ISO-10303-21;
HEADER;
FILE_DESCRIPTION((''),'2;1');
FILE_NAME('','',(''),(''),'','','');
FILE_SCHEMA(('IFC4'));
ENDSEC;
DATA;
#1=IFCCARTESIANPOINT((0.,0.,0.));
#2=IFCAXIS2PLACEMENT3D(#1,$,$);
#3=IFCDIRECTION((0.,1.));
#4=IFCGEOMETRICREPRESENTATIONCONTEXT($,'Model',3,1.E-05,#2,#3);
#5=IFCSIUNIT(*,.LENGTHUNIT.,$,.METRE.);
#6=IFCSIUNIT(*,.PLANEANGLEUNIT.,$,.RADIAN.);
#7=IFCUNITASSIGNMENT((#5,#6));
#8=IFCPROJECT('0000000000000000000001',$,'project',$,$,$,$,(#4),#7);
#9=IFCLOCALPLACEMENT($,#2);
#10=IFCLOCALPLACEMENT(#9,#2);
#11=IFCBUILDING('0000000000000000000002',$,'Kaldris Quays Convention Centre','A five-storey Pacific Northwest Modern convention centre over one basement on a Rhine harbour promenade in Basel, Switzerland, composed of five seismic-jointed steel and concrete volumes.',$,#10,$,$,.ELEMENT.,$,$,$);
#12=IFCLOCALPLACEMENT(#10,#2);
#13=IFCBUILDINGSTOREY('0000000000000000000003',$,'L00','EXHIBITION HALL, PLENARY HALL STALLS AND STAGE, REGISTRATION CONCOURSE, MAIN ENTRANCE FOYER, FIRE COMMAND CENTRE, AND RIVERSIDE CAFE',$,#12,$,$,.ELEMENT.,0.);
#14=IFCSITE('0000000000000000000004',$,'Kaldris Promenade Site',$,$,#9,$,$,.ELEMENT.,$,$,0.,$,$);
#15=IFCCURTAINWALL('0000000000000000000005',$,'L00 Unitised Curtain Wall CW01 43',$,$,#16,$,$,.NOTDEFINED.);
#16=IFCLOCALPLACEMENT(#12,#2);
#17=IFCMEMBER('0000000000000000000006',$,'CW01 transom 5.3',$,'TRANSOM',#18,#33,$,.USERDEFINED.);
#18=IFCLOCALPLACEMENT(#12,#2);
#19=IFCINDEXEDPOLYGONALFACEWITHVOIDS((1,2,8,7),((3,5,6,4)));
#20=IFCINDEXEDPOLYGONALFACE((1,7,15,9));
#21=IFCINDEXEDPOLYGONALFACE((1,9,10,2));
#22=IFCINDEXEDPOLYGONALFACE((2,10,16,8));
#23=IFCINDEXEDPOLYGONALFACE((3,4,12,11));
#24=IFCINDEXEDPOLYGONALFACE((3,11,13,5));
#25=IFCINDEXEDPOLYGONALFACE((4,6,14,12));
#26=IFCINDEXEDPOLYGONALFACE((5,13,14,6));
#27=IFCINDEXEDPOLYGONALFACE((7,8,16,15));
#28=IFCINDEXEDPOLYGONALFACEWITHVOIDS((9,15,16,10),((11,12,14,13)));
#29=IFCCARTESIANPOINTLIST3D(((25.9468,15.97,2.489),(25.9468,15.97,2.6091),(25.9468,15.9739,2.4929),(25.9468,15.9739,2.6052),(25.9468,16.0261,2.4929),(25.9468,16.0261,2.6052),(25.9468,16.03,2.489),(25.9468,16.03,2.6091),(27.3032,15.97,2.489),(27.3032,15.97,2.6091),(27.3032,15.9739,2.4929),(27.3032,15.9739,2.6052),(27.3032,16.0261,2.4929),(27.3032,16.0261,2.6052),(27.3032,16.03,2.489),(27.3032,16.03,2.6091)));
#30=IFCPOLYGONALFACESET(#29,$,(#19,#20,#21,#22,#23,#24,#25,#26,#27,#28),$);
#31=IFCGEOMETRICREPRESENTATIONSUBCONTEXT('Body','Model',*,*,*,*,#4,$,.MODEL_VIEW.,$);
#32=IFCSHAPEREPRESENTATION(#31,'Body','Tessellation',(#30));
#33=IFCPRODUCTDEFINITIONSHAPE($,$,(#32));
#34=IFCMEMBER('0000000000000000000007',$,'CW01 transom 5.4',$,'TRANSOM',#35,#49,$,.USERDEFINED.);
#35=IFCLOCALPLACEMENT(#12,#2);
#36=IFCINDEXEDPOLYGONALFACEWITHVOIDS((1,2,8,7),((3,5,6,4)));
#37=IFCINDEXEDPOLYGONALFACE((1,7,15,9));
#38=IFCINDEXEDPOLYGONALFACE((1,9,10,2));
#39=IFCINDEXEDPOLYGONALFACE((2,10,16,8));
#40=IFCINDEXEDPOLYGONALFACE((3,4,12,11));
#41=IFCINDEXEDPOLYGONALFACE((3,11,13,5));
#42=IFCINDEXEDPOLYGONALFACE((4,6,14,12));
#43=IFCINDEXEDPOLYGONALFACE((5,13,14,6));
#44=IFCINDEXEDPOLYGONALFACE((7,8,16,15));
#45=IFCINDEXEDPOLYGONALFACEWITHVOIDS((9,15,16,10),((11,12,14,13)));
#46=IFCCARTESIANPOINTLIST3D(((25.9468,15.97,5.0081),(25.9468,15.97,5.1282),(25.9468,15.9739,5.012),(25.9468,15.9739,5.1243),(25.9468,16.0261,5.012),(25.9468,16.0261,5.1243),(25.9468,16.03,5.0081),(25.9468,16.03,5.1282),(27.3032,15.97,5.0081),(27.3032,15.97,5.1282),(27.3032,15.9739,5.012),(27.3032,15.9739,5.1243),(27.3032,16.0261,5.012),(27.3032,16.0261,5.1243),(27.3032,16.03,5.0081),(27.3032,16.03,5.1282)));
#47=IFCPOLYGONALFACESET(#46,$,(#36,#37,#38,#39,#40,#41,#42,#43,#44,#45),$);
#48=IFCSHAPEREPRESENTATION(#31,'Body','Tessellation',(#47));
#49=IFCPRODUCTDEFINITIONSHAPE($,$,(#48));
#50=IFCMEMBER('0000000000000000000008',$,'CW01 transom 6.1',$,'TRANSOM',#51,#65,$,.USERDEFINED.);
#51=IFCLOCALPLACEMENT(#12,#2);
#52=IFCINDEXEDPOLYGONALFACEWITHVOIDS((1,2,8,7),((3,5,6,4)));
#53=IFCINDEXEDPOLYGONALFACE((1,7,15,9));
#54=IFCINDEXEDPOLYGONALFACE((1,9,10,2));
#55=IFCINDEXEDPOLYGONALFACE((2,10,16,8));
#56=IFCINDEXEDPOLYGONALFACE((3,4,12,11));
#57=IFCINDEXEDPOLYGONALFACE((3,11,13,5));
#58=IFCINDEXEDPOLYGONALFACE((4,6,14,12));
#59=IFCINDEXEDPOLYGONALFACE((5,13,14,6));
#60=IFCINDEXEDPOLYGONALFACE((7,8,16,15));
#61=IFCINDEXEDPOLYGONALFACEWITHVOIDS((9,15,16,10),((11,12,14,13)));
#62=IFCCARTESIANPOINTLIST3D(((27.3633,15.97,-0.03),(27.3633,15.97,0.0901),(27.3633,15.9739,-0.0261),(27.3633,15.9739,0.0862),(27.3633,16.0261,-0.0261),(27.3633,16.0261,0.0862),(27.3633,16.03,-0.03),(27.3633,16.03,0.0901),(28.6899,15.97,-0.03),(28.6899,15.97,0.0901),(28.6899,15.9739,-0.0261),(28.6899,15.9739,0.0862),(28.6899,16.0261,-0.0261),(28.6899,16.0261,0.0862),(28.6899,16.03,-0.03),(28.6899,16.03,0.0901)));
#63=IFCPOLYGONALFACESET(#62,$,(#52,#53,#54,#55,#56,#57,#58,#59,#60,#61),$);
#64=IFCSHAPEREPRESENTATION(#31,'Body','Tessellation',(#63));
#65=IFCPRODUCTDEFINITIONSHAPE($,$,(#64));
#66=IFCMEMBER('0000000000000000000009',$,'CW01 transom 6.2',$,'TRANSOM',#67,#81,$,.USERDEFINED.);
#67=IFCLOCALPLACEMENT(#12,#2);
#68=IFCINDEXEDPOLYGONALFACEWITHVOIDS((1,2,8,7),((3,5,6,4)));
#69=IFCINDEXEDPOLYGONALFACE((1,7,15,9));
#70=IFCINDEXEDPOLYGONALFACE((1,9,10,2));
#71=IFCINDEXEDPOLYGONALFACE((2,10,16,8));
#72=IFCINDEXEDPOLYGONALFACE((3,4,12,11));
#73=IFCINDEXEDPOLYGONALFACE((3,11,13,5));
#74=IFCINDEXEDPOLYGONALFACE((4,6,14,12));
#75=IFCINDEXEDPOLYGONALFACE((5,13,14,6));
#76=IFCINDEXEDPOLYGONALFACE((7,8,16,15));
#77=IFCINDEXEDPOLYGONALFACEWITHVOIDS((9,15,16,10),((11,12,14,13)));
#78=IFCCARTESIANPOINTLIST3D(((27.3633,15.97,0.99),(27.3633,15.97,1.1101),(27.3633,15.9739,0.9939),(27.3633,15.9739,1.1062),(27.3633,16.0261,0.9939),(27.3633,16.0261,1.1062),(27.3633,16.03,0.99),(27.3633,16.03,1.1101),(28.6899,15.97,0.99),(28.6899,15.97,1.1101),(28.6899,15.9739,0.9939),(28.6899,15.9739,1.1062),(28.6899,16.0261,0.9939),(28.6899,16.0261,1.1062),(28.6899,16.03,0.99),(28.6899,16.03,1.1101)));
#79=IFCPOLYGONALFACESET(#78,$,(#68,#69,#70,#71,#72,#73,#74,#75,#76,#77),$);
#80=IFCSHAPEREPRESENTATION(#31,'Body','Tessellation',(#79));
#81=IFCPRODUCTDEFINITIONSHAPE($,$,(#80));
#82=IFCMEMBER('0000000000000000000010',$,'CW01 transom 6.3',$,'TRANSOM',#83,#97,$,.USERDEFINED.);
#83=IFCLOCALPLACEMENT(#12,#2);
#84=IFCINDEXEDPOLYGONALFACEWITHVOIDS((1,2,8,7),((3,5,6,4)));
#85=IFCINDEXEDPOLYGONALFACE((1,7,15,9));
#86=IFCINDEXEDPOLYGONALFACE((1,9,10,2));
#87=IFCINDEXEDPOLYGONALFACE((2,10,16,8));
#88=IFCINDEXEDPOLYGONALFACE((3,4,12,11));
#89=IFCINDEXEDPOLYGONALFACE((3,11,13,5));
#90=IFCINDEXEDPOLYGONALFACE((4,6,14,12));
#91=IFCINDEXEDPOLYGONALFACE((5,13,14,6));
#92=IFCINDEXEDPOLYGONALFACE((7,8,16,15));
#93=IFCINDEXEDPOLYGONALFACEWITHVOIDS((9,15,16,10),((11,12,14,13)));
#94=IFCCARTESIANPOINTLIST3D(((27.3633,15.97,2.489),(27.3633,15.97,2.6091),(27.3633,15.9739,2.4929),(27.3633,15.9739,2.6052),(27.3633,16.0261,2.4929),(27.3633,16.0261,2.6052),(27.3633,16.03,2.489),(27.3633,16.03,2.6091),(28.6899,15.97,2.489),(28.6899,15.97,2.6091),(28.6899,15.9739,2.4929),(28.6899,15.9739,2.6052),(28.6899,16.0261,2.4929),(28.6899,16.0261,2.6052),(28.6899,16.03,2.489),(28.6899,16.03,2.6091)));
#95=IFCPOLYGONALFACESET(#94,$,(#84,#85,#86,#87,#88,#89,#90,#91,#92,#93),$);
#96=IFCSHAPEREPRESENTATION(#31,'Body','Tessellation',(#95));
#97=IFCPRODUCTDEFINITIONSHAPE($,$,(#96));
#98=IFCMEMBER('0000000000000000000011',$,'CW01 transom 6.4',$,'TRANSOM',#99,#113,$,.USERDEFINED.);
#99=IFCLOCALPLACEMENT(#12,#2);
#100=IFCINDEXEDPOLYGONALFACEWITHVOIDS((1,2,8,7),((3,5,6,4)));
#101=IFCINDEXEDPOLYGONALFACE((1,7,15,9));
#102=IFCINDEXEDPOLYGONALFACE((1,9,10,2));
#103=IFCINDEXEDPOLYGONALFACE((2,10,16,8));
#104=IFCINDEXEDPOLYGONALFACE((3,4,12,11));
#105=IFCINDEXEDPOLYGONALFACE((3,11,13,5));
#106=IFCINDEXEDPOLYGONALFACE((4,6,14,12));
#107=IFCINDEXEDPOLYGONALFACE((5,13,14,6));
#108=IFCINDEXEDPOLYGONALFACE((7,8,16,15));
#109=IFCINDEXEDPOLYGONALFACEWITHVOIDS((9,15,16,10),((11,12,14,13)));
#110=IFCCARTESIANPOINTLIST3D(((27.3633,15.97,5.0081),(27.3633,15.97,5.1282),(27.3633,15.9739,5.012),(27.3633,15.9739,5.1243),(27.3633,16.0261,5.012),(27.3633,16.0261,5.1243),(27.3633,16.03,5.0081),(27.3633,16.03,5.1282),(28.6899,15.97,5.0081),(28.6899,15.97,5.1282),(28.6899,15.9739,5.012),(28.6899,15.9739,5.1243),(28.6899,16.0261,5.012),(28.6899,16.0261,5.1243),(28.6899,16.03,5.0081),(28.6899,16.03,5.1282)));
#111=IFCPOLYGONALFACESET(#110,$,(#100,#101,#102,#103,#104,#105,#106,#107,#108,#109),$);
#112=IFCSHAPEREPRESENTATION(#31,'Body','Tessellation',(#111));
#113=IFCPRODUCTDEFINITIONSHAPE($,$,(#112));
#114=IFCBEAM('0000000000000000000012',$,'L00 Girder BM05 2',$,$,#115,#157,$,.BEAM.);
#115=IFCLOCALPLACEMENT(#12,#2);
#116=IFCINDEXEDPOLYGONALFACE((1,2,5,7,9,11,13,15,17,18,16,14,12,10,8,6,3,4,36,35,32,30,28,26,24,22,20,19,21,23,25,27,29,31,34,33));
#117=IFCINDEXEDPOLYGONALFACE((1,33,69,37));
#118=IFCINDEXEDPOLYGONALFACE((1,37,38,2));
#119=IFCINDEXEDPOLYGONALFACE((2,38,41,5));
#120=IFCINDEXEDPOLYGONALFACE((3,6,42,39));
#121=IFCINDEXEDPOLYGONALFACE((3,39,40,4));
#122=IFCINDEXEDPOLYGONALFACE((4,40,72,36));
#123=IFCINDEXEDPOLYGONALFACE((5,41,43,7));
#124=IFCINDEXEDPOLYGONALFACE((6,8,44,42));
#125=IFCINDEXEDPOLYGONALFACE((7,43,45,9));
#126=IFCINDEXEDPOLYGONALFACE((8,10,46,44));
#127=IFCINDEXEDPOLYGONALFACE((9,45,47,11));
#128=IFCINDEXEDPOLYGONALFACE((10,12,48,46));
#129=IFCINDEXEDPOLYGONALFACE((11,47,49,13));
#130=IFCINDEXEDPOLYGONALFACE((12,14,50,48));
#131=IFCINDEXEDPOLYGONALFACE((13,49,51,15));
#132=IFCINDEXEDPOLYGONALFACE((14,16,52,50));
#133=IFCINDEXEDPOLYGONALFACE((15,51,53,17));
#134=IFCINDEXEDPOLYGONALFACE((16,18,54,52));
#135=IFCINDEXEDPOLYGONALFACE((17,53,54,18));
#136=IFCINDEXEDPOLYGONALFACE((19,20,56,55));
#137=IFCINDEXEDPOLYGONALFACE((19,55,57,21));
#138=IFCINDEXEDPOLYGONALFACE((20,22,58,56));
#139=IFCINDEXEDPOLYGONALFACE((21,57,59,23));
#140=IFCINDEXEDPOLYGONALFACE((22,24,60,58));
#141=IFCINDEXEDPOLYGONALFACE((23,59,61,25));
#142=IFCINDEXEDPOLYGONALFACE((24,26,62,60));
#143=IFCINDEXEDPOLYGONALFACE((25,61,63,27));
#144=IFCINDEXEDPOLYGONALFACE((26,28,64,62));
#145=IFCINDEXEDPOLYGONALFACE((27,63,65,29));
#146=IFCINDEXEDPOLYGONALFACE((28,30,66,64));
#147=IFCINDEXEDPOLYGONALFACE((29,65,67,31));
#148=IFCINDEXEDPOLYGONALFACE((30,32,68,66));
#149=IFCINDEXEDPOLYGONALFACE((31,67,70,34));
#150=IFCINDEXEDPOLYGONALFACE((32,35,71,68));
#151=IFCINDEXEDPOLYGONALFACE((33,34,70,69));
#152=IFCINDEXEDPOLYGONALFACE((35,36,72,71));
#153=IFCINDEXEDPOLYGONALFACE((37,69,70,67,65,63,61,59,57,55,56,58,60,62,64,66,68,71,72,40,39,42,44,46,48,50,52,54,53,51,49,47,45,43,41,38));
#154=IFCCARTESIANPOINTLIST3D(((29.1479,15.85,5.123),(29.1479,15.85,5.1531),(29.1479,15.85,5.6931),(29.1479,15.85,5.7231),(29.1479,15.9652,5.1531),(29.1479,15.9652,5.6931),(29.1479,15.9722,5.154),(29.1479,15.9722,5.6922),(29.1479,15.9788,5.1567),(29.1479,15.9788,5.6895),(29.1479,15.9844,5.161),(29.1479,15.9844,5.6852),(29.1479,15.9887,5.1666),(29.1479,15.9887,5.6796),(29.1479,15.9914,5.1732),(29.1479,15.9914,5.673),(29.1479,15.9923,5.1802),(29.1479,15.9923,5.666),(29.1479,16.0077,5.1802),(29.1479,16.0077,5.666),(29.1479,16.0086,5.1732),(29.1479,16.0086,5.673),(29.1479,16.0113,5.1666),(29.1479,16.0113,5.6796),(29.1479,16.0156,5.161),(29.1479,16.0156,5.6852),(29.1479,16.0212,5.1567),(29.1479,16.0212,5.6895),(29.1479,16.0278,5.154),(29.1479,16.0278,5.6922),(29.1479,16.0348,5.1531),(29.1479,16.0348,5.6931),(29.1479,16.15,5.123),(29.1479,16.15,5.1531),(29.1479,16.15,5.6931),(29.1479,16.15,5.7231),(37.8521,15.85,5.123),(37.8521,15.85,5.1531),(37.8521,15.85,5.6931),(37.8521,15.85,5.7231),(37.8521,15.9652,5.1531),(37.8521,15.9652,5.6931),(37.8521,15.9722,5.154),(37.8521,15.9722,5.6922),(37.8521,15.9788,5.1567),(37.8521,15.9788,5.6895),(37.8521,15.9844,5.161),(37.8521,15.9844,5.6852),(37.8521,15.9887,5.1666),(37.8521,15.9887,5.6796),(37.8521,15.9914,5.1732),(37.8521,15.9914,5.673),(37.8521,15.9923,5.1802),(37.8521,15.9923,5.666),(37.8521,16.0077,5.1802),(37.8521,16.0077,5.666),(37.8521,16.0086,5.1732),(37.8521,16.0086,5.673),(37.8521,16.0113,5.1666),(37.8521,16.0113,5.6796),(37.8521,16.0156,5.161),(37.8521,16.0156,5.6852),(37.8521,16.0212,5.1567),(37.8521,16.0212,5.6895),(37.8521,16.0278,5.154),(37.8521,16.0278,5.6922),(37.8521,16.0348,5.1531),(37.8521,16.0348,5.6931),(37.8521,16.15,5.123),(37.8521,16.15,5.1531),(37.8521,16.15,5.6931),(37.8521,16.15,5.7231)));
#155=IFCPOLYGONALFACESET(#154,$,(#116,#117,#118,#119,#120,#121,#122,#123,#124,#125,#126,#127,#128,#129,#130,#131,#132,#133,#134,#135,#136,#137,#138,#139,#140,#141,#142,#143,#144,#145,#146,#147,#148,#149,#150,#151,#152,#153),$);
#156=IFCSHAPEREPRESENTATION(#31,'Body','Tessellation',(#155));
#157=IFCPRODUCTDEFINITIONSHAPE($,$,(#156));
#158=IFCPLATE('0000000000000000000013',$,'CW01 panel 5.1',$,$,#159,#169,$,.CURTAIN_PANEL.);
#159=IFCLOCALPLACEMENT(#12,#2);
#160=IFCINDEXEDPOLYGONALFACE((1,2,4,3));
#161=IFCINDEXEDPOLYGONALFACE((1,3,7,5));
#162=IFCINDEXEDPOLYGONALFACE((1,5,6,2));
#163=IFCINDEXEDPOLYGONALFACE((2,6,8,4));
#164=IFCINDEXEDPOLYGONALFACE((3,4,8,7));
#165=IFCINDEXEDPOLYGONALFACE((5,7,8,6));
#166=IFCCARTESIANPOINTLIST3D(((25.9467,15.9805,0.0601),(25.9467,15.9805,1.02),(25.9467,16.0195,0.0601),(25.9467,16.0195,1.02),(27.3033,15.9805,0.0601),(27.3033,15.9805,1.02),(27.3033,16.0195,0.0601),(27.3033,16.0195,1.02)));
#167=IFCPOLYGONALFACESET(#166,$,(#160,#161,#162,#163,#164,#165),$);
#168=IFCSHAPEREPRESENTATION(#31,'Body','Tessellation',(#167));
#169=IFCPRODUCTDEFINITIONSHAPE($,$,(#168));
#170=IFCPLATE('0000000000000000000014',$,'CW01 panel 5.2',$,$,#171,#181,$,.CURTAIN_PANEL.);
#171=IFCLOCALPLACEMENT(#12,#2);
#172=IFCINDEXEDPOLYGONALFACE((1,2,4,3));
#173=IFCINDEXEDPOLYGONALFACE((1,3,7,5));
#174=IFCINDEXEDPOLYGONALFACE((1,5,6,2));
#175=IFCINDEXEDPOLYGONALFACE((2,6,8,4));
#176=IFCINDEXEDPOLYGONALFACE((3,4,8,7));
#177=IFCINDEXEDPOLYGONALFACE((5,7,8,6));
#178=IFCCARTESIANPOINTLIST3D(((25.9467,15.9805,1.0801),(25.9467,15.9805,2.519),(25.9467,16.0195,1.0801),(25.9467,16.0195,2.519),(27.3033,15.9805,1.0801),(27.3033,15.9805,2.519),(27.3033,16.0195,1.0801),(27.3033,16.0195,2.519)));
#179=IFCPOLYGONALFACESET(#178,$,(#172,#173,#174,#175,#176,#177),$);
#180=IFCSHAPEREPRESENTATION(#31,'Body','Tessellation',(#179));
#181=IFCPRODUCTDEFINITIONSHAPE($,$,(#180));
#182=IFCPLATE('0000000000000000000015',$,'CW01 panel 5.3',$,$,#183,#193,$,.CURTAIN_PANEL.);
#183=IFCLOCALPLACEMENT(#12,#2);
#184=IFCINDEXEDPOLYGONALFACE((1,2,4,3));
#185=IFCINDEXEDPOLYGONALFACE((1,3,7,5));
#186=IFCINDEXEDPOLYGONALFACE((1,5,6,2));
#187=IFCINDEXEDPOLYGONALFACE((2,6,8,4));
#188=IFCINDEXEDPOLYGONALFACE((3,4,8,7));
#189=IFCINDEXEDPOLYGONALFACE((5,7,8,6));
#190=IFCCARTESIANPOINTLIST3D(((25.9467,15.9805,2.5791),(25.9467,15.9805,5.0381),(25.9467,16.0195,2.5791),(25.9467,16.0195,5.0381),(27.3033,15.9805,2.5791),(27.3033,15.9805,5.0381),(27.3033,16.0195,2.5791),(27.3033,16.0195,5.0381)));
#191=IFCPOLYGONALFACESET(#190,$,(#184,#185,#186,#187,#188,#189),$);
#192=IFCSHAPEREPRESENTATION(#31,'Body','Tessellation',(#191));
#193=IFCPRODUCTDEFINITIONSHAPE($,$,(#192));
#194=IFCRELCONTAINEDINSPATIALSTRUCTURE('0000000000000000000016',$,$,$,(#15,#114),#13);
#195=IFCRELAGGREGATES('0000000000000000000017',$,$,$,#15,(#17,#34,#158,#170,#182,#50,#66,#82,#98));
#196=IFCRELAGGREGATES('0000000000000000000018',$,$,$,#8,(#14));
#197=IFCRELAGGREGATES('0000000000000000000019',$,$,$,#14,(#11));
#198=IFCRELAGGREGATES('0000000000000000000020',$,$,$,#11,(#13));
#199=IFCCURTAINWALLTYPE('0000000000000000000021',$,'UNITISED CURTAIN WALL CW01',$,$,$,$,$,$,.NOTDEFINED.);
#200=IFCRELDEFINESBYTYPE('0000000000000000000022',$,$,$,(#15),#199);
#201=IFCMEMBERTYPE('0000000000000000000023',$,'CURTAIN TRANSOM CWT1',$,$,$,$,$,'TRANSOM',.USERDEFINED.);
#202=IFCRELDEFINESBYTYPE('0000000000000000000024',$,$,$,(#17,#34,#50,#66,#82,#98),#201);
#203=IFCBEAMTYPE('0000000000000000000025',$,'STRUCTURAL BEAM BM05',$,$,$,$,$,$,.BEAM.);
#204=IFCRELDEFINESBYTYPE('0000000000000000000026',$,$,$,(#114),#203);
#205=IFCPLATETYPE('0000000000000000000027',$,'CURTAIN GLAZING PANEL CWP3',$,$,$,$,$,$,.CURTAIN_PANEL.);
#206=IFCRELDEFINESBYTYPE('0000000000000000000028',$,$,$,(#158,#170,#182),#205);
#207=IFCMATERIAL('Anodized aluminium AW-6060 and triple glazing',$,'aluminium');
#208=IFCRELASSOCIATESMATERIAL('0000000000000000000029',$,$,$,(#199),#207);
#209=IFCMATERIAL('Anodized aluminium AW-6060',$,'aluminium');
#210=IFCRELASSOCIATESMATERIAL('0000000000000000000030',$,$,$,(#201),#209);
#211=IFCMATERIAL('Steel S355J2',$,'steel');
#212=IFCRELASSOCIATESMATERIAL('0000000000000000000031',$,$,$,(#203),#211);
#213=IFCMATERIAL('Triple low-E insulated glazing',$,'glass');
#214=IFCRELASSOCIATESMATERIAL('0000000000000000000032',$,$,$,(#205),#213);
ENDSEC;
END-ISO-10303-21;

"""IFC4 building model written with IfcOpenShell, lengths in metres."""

from ifc_helpers import new_model, si_unit, direction, frame, origin, origin_2d, place, context, subcontext, project, spatial, rectangle, hollow_rectangle, i_section, extrude, material, material_profile, profile_set, type_object, element, aggregate, save


model = new_model("IFC4")

# Units and contexts
model_context = context("Model", 3, precision=1e-05, world=origin(), true_north=direction((0.0, 1.0)))
body_context = subcontext(model_context, "Body", "Model", "MODEL_VIEW")
ifc_project = project(units=[si_unit("LENGTHUNIT", "METRE"), si_unit("PLANEANGLEUNIT", "RADIAN")], contexts=[model_context])

# Site, building, storey
site_placement = place(None, origin())
site = spatial("IfcSite", under=ifc_project, at=site_placement, Name="Kaldris Promenade Site", CompositionType="ELEMENT", RefElevation=0.0)
building_placement = place(site_placement, origin())
building = spatial("IfcBuilding", under=site, at=building_placement, Name="Kaldris Quays Convention Centre", Description="A five-storey Pacific Northwest Modern convention centre over one basement on a Rhine harbour promenade in Basel, Switzerland, composed of five seismic-jointed steel and concrete volumes.", CompositionType="ELEMENT")
storey_placement = place(building_placement, origin())
storey = spatial("IfcBuildingStorey", under=building, at=storey_placement, Name="L00", Description="EXHIBITION HALL, PLENARY HALL STALLS AND STAGE, REGISTRATION CONCOURSE, MAIN ENTRANCE FOYER, FIRE COMMAND CENTRE, AND RIVERSIDE CAFE", CompositionType="ELEMENT", Elevation=0.0)

# Curtain wall, members
ifc_material_1 = material(Name="Anodized aluminium AW-6060 and triple glazing", Category="aluminium")
curtain_wall_type = type_object("IfcCurtainWallType", Name="UNITISED CURTAIN WALL CW01", PredefinedType="NOTDEFINED", material=ifc_material_1)
curtain_wall_placement = place(storey_placement, origin())
curtain_wall = element("IfcCurtainWall", 1, at=curtain_wall_placement, inside=storey, type_object=curtain_wall_type, Name="L00 Unitised Curtain Wall CW01 43", PredefinedType="NOTDEFINED")
ifc_material_2 = material(Name="Anodized aluminium AW-6060", Category="aluminium")
ifc_material_profile_1 = material_profile(ifc_material_2, hollow_rectangle(XDim=0.0601, YDim=0.1201, WallThickness=0.0039, at=origin_2d()), Name="RHS 120x60x4")
ifc_profile_set_1 = profile_set([ifc_material_profile_1], Name="Anodized aluminium AW-6060")
member_type_1 = type_object("IfcMemberType", Name="CURTAIN TRANSOM CWT1", ElementType="TRANSOM", PredefinedType="USERDEFINED", material=ifc_profile_set_1)
member_1_placement = place(storey_placement, frame((25.9468, 16.0, 2.5491), z_axis=(1.0, 0.0, 0.0), x_axis=(0.0, 1.0, 0.0)))
member_1 = element("IfcMember", 2, at=member_1_placement, type_object=member_type_1, Name="CW01 transom 5.3", ObjectType="TRANSOM", PredefinedType="USERDEFINED", context=body_context, shape_type="SweptSolid", body=[
    extrude(hollow_rectangle(XDim=0.0601, YDim=0.1201, WallThickness=0.0039, at=origin_2d()), origin(), (0.0, 0.0, 1.0), 1.3564),
])
member_2_placement = place(storey_placement, frame((25.9468, 16.0, 5.0681), z_axis=(1.0, 0.0, 0.0), x_axis=(0.0, 1.0, 0.0)))
member_2 = element("IfcMember", 3, at=member_2_placement, type_object=member_type_1, Name="CW01 transom 5.4", ObjectType="TRANSOM", PredefinedType="USERDEFINED", context=body_context, shape_type="SweptSolid", body=[
    extrude(hollow_rectangle(XDim=0.0601, YDim=0.1201, WallThickness=0.0039, at=origin_2d()), origin(), (0.0, 0.0, 1.0), 1.3564),
])
member_3_placement = place(storey_placement, frame((27.3633, 16.0, 0.03), z_axis=(1.0, 0.0, 0.0), x_axis=(0.0, 1.0, 0.0)))
member_3 = element("IfcMember", 4, at=member_3_placement, type_object=member_type_1, Name="CW01 transom 6.1", ObjectType="TRANSOM", PredefinedType="USERDEFINED", context=body_context, shape_type="SweptSolid", body=[
    extrude(hollow_rectangle(XDim=0.0601, YDim=0.1201, WallThickness=0.0039, at=origin_2d()), origin(), (0.0, 0.0, 1.0), 1.3267),
])
member_4_placement = place(storey_placement, frame((27.3633, 16.0, 1.05), z_axis=(1.0, 0.0, 0.0), x_axis=(0.0, 1.0, 0.0)))
member_4 = element("IfcMember", 5, at=member_4_placement, type_object=member_type_1, Name="CW01 transom 6.2", ObjectType="TRANSOM", PredefinedType="USERDEFINED", context=body_context, shape_type="SweptSolid", body=[
    extrude(hollow_rectangle(XDim=0.0601, YDim=0.1201, WallThickness=0.0039, at=origin_2d()), origin(), (0.0, 0.0, 1.0), 1.3267),
])
member_5_placement = place(storey_placement, frame((27.3633, 16.0, 2.5491), z_axis=(1.0, 0.0, 0.0), x_axis=(0.0, 1.0, 0.0)))
member_5 = element("IfcMember", 6, at=member_5_placement, type_object=member_type_1, Name="CW01 transom 6.3", ObjectType="TRANSOM", PredefinedType="USERDEFINED", context=body_context, shape_type="SweptSolid", body=[
    extrude(hollow_rectangle(XDim=0.0601, YDim=0.1201, WallThickness=0.0039, at=origin_2d()), origin(), (0.0, 0.0, 1.0), 1.3267),
])
member_6_placement = place(storey_placement, frame((27.3633, 16.0, 5.0681), z_axis=(1.0, 0.0, 0.0), x_axis=(0.0, 1.0, 0.0)))
member_6 = element("IfcMember", 7, at=member_6_placement, type_object=member_type_1, Name="CW01 transom 6.4", ObjectType="TRANSOM", PredefinedType="USERDEFINED", context=body_context, shape_type="SweptSolid", body=[
    extrude(hollow_rectangle(XDim=0.0601, YDim=0.1201, WallThickness=0.0039, at=origin_2d()), origin(), (0.0, 0.0, 1.0), 1.3267),
])

# Beam
ifc_material_3 = material(Name="Steel S355J2", Category="steel")
ifc_material_profile_2 = material_profile(ifc_material_3, i_section(OverallWidth=0.3, OverallDepth=0.6001, WebThickness=0.0154, FlangeThickness=0.03, FilletRadius=0.0271, at=origin_2d()), Name="HEB 600")
ifc_profile_set_2 = profile_set([ifc_material_profile_2], Name="Steel S355J2")
beam_type = type_object("IfcBeamType", Name="STRUCTURAL BEAM BM05", PredefinedType="BEAM", material=ifc_profile_set_2)
beam_placement = place(storey_placement, frame((29.1479, 16.0, 5.4231), z_axis=(1.0, 0.0, 0.0), x_axis=(0.0, 1.0, 0.0)))
element("IfcBeam", 8, at=beam_placement, inside=storey, type_object=beam_type, Name="L00 Girder BM05 2", PredefinedType="BEAM", context=body_context, shape_type="SweptSolid", body=[
    extrude(i_section(OverallWidth=0.3, OverallDepth=0.6001, WebThickness=0.0154, FlangeThickness=0.03, FilletRadius=0.0271, at=origin_2d()), origin(), (0.0, 0.0, 1.0), 8.7041),
])

# Plates
ifc_material_4 = material(Name="Triple low-E insulated glazing", Category="glass")
plate_type = type_object("IfcPlateType", Name="CURTAIN GLAZING PANEL CWP3", PredefinedType="CURTAIN_PANEL", material=ifc_material_4)
plate_1_placement = place(storey_placement, frame((26.625, 16.0, 0.0601), z_axis=(0.0, 0.0, 1.0), x_axis=(1.0, 0.0, 0.0)))
plate_1 = element("IfcPlate", 9, at=plate_1_placement, type_object=plate_type, Name="CW01 panel 5.1", PredefinedType="CURTAIN_PANEL", context=body_context, shape_type="SweptSolid", body=[
    extrude(rectangle(XDim=1.3567, YDim=0.0391, at=origin_2d()), origin(), (0.0, 0.0, 1.0), 0.96),
])
plate_2_placement = place(storey_placement, frame((26.625, 16.0, 1.0801), z_axis=(0.0, 0.0, 1.0), x_axis=(1.0, 0.0, 0.0)))
plate_2 = element("IfcPlate", 10, at=plate_2_placement, type_object=plate_type, Name="CW01 panel 5.2", PredefinedType="CURTAIN_PANEL", context=body_context, shape_type="SweptSolid", body=[
    extrude(rectangle(XDim=1.3567, YDim=0.0391, at=origin_2d()), origin(), (0.0, 0.0, 1.0), 1.439),
])
plate_3_placement = place(storey_placement, frame((26.625, 16.0, 2.5791), z_axis=(0.0, 0.0, 1.0), x_axis=(1.0, 0.0, 0.0)))
plate_3 = element("IfcPlate", 11, at=plate_3_placement, type_object=plate_type, Name="CW01 panel 5.3", PredefinedType="CURTAIN_PANEL", context=body_context, shape_type="SweptSolid", body=[
    extrude(rectangle(XDim=1.3567, YDim=0.0391, at=origin_2d()), origin(), (0.0, 0.0, 1.0), 2.459),
])
aggregate(curtain_wall, [member_1, member_2, plate_1, plate_2, plate_3, member_3, member_4, member_5, member_6])

save(model, "model.ifc")
